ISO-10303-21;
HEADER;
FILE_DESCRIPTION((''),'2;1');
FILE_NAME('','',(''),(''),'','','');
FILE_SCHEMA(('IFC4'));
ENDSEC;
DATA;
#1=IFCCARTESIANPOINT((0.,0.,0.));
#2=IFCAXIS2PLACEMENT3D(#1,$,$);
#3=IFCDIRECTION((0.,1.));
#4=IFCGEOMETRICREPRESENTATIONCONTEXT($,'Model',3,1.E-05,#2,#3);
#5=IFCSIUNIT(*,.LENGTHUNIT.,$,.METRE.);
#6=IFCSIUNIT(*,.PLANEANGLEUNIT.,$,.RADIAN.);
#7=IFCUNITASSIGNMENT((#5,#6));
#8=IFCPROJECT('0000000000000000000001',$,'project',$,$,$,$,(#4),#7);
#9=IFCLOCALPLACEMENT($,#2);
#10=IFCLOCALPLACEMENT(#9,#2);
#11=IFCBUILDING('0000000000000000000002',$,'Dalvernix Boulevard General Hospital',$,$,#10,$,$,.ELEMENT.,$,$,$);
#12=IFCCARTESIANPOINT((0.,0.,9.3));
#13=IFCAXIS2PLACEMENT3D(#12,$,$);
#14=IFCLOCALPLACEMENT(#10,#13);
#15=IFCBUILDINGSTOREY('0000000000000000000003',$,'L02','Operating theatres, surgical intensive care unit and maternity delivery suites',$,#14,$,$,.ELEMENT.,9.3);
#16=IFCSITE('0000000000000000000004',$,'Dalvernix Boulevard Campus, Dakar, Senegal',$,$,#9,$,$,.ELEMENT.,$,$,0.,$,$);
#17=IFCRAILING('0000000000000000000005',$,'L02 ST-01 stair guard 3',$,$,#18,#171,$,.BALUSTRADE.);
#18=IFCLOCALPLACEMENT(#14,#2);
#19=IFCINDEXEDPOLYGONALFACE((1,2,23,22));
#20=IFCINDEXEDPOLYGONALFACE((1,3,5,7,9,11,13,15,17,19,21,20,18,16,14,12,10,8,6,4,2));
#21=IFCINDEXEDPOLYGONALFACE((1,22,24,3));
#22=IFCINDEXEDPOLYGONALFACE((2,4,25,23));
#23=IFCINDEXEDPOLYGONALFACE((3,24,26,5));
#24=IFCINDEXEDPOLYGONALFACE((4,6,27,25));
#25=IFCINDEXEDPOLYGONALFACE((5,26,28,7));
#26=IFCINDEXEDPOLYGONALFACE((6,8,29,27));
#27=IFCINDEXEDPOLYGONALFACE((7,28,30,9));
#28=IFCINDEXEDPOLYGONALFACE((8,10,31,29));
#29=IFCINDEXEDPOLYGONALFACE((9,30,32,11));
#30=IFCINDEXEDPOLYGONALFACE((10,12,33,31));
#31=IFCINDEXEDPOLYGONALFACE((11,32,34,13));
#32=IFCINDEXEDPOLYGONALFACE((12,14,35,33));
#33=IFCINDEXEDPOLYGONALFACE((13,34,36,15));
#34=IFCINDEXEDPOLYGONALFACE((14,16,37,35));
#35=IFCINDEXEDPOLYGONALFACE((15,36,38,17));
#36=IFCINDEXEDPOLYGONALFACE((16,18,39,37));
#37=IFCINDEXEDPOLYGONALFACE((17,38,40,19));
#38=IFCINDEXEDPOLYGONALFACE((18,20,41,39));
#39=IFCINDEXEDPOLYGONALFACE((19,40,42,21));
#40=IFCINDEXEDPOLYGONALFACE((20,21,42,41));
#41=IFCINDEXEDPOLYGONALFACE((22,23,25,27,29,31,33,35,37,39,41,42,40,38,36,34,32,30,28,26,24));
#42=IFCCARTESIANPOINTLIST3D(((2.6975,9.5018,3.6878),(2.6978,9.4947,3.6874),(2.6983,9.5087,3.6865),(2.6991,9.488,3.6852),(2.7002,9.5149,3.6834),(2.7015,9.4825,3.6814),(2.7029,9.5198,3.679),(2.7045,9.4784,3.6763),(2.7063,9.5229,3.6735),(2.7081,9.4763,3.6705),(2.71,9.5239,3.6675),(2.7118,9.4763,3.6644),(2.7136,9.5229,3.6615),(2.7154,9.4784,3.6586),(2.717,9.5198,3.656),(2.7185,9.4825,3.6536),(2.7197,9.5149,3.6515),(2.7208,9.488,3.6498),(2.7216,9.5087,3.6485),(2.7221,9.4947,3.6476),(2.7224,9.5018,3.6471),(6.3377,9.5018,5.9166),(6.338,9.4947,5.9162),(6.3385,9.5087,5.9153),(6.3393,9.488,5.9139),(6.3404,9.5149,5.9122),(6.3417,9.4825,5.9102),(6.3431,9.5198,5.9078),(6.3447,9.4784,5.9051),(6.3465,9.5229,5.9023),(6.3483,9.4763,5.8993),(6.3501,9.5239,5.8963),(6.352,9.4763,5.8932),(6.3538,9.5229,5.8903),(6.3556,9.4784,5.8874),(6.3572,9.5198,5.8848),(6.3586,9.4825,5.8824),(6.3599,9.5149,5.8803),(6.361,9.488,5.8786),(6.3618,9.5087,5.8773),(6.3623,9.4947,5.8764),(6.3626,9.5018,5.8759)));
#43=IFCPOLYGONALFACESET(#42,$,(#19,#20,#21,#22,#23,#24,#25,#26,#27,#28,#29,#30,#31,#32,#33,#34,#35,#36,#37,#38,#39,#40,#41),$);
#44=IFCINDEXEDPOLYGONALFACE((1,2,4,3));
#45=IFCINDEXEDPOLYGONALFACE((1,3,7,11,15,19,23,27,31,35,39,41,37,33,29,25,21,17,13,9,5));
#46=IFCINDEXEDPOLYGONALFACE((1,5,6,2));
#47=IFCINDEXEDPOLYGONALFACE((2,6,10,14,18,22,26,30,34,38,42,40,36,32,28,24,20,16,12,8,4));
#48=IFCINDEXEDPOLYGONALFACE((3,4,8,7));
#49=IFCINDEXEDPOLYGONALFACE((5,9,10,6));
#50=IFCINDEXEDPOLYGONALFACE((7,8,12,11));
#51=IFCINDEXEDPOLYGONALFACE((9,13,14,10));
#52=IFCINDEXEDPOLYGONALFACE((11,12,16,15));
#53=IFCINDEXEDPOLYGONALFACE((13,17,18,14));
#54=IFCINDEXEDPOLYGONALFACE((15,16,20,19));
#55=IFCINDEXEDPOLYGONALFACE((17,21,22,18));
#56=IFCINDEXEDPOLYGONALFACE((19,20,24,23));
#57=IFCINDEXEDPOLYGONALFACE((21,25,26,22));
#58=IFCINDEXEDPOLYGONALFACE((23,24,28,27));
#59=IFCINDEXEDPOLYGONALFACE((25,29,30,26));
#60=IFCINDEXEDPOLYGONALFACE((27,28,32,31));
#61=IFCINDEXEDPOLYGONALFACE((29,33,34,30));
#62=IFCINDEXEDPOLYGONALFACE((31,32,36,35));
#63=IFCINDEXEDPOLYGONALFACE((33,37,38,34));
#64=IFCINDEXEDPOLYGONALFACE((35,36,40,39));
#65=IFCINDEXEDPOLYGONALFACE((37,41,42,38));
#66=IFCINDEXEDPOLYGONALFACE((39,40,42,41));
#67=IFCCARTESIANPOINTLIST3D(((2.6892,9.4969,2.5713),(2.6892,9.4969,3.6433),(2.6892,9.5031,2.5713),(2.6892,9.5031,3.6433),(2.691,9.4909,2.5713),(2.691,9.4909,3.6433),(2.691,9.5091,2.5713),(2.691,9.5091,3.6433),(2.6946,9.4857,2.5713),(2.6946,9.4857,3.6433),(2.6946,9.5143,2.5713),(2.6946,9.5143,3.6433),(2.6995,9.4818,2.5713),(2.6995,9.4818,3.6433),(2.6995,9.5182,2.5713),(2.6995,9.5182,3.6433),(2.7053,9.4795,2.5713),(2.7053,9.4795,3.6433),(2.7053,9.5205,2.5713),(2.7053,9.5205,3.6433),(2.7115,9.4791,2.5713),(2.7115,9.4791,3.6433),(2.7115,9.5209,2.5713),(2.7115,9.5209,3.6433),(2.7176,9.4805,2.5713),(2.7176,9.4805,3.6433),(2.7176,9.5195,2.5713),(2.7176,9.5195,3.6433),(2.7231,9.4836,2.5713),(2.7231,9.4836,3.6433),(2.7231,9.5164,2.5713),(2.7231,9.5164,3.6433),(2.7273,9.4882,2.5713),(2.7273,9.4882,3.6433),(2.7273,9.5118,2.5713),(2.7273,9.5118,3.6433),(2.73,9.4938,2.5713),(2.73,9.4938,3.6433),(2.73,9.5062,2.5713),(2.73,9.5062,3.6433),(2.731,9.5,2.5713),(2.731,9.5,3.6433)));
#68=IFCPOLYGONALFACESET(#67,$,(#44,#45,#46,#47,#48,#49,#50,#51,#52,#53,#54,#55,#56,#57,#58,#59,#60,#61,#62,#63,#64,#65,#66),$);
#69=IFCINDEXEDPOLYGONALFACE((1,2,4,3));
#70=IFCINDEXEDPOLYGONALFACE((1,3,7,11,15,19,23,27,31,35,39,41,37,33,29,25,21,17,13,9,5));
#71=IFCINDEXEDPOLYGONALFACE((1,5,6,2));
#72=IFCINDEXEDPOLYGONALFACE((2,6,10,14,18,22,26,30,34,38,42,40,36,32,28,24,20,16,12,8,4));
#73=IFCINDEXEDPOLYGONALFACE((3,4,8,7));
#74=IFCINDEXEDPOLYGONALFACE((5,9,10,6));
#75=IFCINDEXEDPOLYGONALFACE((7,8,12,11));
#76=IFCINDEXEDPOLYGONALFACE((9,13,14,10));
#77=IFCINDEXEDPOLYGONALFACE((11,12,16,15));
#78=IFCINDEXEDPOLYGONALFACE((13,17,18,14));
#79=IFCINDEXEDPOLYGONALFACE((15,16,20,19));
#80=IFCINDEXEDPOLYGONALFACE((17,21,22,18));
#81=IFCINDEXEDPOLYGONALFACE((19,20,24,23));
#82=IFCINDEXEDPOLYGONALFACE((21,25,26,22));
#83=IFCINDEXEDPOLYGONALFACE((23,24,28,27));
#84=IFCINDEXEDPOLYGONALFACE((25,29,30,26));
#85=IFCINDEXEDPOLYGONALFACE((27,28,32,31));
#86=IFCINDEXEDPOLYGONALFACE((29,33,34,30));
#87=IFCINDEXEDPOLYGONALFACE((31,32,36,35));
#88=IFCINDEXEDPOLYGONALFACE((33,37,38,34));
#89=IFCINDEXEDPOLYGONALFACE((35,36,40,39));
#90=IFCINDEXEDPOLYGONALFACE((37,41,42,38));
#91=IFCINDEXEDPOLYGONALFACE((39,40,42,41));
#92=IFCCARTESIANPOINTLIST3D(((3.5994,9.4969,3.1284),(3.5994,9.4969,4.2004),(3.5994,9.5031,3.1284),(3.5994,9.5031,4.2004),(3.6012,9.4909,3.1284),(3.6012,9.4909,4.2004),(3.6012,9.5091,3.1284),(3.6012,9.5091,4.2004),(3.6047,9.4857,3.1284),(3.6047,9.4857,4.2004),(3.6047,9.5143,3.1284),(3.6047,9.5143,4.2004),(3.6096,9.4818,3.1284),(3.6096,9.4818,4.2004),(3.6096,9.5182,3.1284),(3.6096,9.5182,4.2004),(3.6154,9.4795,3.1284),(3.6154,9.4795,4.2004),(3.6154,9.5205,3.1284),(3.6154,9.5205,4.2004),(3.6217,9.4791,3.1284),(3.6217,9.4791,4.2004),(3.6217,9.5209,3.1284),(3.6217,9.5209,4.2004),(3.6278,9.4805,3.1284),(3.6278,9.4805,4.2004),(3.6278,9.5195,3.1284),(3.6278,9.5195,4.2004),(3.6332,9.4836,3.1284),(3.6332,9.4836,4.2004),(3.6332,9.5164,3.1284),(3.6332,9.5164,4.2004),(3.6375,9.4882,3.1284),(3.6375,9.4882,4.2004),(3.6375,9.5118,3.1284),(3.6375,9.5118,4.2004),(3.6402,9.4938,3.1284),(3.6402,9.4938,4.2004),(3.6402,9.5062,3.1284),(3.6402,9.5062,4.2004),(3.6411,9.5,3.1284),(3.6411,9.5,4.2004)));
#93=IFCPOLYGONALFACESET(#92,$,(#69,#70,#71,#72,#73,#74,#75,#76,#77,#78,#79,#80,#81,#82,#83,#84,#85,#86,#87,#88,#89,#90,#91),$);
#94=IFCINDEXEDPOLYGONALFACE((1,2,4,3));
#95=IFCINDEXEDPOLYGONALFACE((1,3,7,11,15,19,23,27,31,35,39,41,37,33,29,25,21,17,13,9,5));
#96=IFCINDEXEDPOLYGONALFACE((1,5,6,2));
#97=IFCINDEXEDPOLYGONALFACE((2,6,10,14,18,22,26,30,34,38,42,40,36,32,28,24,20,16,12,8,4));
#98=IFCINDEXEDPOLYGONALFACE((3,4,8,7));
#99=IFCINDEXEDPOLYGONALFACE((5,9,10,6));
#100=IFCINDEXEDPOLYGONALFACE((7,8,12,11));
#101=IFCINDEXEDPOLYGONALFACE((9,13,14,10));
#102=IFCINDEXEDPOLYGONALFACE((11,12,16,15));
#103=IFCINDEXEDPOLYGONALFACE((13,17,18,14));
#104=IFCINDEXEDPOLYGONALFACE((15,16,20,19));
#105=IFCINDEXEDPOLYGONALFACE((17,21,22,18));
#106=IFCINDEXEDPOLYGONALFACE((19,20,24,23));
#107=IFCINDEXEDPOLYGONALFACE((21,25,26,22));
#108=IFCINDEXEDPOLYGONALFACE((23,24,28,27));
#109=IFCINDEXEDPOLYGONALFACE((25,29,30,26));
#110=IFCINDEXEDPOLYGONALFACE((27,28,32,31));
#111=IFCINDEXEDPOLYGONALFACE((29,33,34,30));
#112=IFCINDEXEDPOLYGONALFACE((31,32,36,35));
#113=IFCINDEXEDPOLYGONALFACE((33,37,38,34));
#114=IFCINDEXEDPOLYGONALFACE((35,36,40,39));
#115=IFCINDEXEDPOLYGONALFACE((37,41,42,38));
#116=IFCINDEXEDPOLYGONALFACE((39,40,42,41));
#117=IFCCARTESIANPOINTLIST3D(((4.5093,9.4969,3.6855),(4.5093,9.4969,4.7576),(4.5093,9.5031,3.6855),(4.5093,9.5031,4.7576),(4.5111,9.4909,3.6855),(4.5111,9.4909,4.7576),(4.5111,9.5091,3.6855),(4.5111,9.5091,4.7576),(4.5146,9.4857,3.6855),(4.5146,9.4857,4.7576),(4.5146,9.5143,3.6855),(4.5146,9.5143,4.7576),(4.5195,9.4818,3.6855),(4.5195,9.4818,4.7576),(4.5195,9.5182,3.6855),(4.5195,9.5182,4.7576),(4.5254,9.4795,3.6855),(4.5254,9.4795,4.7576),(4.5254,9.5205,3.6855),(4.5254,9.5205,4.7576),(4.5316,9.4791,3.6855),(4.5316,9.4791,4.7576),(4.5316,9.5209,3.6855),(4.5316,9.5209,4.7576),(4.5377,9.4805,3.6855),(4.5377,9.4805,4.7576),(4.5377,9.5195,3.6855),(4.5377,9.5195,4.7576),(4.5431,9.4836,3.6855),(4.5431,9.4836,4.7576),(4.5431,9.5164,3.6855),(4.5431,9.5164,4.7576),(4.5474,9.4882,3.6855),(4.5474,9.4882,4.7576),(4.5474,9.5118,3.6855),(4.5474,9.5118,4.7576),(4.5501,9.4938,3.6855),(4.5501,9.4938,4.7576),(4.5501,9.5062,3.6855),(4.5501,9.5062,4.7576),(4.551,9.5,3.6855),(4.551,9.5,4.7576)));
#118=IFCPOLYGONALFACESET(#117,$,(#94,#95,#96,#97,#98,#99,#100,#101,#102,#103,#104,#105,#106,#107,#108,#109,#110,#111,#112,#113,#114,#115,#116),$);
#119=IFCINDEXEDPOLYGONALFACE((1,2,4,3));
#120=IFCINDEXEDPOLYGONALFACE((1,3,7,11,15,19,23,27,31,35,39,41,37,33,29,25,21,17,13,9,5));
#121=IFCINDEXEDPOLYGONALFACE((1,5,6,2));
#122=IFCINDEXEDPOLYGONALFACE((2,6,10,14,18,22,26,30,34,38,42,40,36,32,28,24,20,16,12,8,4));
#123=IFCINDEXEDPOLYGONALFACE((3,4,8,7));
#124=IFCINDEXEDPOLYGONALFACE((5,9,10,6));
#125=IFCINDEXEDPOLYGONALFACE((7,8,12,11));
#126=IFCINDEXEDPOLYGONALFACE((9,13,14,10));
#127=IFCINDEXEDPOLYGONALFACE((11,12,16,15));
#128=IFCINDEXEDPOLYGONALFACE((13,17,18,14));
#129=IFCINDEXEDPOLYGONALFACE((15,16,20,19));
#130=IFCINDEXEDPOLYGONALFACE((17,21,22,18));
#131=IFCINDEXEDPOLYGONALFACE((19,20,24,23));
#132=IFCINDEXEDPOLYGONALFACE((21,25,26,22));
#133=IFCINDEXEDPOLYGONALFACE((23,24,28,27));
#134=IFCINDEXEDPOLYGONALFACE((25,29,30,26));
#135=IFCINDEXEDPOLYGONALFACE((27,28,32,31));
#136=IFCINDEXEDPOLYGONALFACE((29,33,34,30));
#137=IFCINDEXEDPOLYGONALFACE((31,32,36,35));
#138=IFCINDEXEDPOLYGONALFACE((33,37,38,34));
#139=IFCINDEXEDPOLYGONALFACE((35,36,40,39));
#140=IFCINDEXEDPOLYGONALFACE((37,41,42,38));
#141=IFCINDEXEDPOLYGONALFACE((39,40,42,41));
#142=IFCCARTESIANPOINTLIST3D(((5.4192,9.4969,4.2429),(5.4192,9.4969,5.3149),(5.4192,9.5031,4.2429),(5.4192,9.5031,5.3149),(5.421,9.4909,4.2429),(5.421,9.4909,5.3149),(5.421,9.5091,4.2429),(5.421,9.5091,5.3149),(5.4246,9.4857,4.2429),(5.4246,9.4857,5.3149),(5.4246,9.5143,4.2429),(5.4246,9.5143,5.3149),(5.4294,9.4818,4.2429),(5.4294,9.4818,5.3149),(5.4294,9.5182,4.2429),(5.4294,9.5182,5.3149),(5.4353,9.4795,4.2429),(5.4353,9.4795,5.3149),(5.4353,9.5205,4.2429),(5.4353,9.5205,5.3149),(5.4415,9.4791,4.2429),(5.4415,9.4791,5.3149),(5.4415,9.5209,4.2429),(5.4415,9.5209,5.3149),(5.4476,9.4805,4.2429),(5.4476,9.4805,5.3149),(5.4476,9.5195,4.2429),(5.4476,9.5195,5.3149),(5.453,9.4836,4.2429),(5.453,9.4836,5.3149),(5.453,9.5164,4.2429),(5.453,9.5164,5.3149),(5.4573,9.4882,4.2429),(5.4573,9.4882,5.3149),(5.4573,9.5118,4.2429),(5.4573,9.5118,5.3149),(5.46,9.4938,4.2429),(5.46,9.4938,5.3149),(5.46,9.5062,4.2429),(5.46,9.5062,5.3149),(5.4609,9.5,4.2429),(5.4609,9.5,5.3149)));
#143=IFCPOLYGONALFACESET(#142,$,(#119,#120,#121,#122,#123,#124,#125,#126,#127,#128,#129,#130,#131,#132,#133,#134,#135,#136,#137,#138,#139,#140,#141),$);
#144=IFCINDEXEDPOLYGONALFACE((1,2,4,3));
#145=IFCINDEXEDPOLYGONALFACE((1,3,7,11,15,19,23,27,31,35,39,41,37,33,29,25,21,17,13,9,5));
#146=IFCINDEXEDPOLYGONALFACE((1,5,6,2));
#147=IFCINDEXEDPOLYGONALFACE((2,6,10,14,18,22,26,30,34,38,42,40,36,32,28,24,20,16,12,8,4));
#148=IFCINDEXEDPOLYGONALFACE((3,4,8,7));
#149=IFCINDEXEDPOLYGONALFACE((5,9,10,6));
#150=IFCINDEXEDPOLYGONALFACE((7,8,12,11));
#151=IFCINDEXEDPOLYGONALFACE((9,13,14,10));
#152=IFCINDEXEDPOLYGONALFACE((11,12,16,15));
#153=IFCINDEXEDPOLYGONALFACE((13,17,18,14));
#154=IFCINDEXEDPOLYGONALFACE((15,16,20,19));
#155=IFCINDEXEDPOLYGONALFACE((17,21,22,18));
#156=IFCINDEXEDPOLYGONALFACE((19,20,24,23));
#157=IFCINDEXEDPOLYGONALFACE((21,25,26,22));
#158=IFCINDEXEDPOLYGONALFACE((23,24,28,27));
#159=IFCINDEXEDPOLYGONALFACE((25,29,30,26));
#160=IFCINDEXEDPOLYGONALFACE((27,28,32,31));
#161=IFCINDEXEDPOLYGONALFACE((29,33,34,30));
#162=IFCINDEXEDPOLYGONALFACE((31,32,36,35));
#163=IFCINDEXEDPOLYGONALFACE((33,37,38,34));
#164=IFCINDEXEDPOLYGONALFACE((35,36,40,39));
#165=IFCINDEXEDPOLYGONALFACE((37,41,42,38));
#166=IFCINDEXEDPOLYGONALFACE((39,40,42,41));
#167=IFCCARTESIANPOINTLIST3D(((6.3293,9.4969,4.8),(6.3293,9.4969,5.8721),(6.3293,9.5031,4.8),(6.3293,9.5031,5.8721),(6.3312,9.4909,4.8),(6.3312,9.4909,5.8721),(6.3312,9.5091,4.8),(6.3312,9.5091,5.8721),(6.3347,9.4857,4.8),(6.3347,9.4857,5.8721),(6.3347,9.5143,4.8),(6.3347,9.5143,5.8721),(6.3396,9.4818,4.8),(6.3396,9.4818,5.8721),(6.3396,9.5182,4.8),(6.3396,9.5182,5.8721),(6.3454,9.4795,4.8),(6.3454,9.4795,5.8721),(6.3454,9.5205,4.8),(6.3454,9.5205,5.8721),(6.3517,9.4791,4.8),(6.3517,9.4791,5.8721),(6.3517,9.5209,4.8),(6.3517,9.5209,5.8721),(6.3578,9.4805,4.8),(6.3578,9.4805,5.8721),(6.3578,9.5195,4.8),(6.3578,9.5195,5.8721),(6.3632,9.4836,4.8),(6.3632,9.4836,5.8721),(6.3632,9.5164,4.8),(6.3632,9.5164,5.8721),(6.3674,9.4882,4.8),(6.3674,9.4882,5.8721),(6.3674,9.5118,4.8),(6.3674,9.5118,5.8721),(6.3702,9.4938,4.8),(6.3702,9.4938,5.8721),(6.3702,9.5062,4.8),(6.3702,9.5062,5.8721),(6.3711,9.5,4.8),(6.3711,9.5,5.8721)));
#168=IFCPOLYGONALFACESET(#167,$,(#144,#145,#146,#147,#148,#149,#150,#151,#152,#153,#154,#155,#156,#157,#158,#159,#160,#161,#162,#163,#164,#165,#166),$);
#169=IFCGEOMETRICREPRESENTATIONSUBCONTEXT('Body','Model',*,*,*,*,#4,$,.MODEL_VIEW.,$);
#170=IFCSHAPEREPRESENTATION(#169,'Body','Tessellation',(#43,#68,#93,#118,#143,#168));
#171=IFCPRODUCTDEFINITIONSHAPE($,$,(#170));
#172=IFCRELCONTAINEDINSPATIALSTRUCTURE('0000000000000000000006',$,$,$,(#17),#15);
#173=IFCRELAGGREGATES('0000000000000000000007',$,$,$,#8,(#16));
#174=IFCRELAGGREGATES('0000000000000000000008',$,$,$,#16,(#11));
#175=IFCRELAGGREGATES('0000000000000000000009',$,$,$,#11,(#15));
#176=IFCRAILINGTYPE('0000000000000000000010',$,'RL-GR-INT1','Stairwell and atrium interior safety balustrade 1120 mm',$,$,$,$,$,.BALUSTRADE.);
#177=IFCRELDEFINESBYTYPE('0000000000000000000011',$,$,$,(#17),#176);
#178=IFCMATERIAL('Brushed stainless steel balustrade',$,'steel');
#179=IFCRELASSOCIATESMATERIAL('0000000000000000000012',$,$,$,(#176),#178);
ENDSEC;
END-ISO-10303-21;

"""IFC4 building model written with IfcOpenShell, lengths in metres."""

from ifc_helpers import new_model, si_unit, direction, frame, origin, origin_2d, place, context, subcontext, project, spatial, circle, extrude, material, type_object, element, save


model = new_model("IFC4")

# Units and contexts
model_context = context("Model", 3, precision=1e-05, world=origin(), true_north=direction((0.0, 1.0)))
body_context = subcontext(model_context, "Body", "Model", "MODEL_VIEW")
ifc_project = project(units=[si_unit("LENGTHUNIT", "METRE"), si_unit("PLANEANGLEUNIT", "RADIAN")], contexts=[model_context])

# Site, building, storey
site_placement = place(None, origin())
site = spatial("IfcSite", under=ifc_project, at=site_placement, Name="Dalvernix Boulevard Campus, Dakar, Senegal", CompositionType="ELEMENT", RefElevation=0.0)
building_placement = place(site_placement, origin())
building = spatial("IfcBuilding", under=site, at=building_placement, Name="Dalvernix Boulevard General Hospital", CompositionType="ELEMENT")
storey_placement = place(building_placement, frame((0.0, 0.0, 9.3)))
storey = spatial("IfcBuildingStorey", under=building, at=storey_placement, Name="L02", Description="Operating theatres, surgical intensive care unit and maternity delivery suites", CompositionType="ELEMENT", Elevation=9.3)

# Railing
ifc_material_1 = material(Name="Brushed stainless steel balustrade", Category="steel")
railing_type_1 = type_object("IfcRailingType", Name="RL-GR-INT1", Description="Stairwell and atrium interior safety balustrade 1120 mm", PredefinedType="BALUSTRADE", material=ifc_material_1)
railing_1_placement = place(storey_placement, frame((2.71, 9.5, 2.5713)))
element("IfcRailing", 1, at=railing_1_placement, inside=storey, type_object=railing_type_1, Name="L02 ST-01 stair guard 3", PredefinedType="BALUSTRADE", context=body_context, shape_type="SweptSolid", body=[
    extrude(circle(Radius=0.0239, at=origin_2d()), frame((0.0, 0.0, 1.0962), z_axis=(0.85284, 0.0, 0.522172), x_axis=(0.0, 1.0, 0.0)), (0.0, 0.0, 1.0), 4.2683),
    extrude(circle(Radius=0.021, at=origin_2d()), origin(), (0.0, 0.0, 1.0), 1.072),
    extrude(circle(Radius=0.021, at=origin_2d()), frame((0.9102, 0.0, 0.5571)), (0.0, 0.0, 1.0), 1.072),
    extrude(circle(Radius=0.021, at=origin_2d()), frame((1.8201, 0.0, 1.1143)), (0.0, 0.0, 1.0), 1.072),
    extrude(circle(Radius=0.021, at=origin_2d()), frame((2.73, 0.0, 1.6716)), (0.0, 0.0, 1.0), 1.072),
    extrude(circle(Radius=0.021, at=origin_2d()), frame((3.6401, 0.0, 2.2288)), (0.0, 0.0, 1.0), 1.072),
])

save(model, "model.ifc")
